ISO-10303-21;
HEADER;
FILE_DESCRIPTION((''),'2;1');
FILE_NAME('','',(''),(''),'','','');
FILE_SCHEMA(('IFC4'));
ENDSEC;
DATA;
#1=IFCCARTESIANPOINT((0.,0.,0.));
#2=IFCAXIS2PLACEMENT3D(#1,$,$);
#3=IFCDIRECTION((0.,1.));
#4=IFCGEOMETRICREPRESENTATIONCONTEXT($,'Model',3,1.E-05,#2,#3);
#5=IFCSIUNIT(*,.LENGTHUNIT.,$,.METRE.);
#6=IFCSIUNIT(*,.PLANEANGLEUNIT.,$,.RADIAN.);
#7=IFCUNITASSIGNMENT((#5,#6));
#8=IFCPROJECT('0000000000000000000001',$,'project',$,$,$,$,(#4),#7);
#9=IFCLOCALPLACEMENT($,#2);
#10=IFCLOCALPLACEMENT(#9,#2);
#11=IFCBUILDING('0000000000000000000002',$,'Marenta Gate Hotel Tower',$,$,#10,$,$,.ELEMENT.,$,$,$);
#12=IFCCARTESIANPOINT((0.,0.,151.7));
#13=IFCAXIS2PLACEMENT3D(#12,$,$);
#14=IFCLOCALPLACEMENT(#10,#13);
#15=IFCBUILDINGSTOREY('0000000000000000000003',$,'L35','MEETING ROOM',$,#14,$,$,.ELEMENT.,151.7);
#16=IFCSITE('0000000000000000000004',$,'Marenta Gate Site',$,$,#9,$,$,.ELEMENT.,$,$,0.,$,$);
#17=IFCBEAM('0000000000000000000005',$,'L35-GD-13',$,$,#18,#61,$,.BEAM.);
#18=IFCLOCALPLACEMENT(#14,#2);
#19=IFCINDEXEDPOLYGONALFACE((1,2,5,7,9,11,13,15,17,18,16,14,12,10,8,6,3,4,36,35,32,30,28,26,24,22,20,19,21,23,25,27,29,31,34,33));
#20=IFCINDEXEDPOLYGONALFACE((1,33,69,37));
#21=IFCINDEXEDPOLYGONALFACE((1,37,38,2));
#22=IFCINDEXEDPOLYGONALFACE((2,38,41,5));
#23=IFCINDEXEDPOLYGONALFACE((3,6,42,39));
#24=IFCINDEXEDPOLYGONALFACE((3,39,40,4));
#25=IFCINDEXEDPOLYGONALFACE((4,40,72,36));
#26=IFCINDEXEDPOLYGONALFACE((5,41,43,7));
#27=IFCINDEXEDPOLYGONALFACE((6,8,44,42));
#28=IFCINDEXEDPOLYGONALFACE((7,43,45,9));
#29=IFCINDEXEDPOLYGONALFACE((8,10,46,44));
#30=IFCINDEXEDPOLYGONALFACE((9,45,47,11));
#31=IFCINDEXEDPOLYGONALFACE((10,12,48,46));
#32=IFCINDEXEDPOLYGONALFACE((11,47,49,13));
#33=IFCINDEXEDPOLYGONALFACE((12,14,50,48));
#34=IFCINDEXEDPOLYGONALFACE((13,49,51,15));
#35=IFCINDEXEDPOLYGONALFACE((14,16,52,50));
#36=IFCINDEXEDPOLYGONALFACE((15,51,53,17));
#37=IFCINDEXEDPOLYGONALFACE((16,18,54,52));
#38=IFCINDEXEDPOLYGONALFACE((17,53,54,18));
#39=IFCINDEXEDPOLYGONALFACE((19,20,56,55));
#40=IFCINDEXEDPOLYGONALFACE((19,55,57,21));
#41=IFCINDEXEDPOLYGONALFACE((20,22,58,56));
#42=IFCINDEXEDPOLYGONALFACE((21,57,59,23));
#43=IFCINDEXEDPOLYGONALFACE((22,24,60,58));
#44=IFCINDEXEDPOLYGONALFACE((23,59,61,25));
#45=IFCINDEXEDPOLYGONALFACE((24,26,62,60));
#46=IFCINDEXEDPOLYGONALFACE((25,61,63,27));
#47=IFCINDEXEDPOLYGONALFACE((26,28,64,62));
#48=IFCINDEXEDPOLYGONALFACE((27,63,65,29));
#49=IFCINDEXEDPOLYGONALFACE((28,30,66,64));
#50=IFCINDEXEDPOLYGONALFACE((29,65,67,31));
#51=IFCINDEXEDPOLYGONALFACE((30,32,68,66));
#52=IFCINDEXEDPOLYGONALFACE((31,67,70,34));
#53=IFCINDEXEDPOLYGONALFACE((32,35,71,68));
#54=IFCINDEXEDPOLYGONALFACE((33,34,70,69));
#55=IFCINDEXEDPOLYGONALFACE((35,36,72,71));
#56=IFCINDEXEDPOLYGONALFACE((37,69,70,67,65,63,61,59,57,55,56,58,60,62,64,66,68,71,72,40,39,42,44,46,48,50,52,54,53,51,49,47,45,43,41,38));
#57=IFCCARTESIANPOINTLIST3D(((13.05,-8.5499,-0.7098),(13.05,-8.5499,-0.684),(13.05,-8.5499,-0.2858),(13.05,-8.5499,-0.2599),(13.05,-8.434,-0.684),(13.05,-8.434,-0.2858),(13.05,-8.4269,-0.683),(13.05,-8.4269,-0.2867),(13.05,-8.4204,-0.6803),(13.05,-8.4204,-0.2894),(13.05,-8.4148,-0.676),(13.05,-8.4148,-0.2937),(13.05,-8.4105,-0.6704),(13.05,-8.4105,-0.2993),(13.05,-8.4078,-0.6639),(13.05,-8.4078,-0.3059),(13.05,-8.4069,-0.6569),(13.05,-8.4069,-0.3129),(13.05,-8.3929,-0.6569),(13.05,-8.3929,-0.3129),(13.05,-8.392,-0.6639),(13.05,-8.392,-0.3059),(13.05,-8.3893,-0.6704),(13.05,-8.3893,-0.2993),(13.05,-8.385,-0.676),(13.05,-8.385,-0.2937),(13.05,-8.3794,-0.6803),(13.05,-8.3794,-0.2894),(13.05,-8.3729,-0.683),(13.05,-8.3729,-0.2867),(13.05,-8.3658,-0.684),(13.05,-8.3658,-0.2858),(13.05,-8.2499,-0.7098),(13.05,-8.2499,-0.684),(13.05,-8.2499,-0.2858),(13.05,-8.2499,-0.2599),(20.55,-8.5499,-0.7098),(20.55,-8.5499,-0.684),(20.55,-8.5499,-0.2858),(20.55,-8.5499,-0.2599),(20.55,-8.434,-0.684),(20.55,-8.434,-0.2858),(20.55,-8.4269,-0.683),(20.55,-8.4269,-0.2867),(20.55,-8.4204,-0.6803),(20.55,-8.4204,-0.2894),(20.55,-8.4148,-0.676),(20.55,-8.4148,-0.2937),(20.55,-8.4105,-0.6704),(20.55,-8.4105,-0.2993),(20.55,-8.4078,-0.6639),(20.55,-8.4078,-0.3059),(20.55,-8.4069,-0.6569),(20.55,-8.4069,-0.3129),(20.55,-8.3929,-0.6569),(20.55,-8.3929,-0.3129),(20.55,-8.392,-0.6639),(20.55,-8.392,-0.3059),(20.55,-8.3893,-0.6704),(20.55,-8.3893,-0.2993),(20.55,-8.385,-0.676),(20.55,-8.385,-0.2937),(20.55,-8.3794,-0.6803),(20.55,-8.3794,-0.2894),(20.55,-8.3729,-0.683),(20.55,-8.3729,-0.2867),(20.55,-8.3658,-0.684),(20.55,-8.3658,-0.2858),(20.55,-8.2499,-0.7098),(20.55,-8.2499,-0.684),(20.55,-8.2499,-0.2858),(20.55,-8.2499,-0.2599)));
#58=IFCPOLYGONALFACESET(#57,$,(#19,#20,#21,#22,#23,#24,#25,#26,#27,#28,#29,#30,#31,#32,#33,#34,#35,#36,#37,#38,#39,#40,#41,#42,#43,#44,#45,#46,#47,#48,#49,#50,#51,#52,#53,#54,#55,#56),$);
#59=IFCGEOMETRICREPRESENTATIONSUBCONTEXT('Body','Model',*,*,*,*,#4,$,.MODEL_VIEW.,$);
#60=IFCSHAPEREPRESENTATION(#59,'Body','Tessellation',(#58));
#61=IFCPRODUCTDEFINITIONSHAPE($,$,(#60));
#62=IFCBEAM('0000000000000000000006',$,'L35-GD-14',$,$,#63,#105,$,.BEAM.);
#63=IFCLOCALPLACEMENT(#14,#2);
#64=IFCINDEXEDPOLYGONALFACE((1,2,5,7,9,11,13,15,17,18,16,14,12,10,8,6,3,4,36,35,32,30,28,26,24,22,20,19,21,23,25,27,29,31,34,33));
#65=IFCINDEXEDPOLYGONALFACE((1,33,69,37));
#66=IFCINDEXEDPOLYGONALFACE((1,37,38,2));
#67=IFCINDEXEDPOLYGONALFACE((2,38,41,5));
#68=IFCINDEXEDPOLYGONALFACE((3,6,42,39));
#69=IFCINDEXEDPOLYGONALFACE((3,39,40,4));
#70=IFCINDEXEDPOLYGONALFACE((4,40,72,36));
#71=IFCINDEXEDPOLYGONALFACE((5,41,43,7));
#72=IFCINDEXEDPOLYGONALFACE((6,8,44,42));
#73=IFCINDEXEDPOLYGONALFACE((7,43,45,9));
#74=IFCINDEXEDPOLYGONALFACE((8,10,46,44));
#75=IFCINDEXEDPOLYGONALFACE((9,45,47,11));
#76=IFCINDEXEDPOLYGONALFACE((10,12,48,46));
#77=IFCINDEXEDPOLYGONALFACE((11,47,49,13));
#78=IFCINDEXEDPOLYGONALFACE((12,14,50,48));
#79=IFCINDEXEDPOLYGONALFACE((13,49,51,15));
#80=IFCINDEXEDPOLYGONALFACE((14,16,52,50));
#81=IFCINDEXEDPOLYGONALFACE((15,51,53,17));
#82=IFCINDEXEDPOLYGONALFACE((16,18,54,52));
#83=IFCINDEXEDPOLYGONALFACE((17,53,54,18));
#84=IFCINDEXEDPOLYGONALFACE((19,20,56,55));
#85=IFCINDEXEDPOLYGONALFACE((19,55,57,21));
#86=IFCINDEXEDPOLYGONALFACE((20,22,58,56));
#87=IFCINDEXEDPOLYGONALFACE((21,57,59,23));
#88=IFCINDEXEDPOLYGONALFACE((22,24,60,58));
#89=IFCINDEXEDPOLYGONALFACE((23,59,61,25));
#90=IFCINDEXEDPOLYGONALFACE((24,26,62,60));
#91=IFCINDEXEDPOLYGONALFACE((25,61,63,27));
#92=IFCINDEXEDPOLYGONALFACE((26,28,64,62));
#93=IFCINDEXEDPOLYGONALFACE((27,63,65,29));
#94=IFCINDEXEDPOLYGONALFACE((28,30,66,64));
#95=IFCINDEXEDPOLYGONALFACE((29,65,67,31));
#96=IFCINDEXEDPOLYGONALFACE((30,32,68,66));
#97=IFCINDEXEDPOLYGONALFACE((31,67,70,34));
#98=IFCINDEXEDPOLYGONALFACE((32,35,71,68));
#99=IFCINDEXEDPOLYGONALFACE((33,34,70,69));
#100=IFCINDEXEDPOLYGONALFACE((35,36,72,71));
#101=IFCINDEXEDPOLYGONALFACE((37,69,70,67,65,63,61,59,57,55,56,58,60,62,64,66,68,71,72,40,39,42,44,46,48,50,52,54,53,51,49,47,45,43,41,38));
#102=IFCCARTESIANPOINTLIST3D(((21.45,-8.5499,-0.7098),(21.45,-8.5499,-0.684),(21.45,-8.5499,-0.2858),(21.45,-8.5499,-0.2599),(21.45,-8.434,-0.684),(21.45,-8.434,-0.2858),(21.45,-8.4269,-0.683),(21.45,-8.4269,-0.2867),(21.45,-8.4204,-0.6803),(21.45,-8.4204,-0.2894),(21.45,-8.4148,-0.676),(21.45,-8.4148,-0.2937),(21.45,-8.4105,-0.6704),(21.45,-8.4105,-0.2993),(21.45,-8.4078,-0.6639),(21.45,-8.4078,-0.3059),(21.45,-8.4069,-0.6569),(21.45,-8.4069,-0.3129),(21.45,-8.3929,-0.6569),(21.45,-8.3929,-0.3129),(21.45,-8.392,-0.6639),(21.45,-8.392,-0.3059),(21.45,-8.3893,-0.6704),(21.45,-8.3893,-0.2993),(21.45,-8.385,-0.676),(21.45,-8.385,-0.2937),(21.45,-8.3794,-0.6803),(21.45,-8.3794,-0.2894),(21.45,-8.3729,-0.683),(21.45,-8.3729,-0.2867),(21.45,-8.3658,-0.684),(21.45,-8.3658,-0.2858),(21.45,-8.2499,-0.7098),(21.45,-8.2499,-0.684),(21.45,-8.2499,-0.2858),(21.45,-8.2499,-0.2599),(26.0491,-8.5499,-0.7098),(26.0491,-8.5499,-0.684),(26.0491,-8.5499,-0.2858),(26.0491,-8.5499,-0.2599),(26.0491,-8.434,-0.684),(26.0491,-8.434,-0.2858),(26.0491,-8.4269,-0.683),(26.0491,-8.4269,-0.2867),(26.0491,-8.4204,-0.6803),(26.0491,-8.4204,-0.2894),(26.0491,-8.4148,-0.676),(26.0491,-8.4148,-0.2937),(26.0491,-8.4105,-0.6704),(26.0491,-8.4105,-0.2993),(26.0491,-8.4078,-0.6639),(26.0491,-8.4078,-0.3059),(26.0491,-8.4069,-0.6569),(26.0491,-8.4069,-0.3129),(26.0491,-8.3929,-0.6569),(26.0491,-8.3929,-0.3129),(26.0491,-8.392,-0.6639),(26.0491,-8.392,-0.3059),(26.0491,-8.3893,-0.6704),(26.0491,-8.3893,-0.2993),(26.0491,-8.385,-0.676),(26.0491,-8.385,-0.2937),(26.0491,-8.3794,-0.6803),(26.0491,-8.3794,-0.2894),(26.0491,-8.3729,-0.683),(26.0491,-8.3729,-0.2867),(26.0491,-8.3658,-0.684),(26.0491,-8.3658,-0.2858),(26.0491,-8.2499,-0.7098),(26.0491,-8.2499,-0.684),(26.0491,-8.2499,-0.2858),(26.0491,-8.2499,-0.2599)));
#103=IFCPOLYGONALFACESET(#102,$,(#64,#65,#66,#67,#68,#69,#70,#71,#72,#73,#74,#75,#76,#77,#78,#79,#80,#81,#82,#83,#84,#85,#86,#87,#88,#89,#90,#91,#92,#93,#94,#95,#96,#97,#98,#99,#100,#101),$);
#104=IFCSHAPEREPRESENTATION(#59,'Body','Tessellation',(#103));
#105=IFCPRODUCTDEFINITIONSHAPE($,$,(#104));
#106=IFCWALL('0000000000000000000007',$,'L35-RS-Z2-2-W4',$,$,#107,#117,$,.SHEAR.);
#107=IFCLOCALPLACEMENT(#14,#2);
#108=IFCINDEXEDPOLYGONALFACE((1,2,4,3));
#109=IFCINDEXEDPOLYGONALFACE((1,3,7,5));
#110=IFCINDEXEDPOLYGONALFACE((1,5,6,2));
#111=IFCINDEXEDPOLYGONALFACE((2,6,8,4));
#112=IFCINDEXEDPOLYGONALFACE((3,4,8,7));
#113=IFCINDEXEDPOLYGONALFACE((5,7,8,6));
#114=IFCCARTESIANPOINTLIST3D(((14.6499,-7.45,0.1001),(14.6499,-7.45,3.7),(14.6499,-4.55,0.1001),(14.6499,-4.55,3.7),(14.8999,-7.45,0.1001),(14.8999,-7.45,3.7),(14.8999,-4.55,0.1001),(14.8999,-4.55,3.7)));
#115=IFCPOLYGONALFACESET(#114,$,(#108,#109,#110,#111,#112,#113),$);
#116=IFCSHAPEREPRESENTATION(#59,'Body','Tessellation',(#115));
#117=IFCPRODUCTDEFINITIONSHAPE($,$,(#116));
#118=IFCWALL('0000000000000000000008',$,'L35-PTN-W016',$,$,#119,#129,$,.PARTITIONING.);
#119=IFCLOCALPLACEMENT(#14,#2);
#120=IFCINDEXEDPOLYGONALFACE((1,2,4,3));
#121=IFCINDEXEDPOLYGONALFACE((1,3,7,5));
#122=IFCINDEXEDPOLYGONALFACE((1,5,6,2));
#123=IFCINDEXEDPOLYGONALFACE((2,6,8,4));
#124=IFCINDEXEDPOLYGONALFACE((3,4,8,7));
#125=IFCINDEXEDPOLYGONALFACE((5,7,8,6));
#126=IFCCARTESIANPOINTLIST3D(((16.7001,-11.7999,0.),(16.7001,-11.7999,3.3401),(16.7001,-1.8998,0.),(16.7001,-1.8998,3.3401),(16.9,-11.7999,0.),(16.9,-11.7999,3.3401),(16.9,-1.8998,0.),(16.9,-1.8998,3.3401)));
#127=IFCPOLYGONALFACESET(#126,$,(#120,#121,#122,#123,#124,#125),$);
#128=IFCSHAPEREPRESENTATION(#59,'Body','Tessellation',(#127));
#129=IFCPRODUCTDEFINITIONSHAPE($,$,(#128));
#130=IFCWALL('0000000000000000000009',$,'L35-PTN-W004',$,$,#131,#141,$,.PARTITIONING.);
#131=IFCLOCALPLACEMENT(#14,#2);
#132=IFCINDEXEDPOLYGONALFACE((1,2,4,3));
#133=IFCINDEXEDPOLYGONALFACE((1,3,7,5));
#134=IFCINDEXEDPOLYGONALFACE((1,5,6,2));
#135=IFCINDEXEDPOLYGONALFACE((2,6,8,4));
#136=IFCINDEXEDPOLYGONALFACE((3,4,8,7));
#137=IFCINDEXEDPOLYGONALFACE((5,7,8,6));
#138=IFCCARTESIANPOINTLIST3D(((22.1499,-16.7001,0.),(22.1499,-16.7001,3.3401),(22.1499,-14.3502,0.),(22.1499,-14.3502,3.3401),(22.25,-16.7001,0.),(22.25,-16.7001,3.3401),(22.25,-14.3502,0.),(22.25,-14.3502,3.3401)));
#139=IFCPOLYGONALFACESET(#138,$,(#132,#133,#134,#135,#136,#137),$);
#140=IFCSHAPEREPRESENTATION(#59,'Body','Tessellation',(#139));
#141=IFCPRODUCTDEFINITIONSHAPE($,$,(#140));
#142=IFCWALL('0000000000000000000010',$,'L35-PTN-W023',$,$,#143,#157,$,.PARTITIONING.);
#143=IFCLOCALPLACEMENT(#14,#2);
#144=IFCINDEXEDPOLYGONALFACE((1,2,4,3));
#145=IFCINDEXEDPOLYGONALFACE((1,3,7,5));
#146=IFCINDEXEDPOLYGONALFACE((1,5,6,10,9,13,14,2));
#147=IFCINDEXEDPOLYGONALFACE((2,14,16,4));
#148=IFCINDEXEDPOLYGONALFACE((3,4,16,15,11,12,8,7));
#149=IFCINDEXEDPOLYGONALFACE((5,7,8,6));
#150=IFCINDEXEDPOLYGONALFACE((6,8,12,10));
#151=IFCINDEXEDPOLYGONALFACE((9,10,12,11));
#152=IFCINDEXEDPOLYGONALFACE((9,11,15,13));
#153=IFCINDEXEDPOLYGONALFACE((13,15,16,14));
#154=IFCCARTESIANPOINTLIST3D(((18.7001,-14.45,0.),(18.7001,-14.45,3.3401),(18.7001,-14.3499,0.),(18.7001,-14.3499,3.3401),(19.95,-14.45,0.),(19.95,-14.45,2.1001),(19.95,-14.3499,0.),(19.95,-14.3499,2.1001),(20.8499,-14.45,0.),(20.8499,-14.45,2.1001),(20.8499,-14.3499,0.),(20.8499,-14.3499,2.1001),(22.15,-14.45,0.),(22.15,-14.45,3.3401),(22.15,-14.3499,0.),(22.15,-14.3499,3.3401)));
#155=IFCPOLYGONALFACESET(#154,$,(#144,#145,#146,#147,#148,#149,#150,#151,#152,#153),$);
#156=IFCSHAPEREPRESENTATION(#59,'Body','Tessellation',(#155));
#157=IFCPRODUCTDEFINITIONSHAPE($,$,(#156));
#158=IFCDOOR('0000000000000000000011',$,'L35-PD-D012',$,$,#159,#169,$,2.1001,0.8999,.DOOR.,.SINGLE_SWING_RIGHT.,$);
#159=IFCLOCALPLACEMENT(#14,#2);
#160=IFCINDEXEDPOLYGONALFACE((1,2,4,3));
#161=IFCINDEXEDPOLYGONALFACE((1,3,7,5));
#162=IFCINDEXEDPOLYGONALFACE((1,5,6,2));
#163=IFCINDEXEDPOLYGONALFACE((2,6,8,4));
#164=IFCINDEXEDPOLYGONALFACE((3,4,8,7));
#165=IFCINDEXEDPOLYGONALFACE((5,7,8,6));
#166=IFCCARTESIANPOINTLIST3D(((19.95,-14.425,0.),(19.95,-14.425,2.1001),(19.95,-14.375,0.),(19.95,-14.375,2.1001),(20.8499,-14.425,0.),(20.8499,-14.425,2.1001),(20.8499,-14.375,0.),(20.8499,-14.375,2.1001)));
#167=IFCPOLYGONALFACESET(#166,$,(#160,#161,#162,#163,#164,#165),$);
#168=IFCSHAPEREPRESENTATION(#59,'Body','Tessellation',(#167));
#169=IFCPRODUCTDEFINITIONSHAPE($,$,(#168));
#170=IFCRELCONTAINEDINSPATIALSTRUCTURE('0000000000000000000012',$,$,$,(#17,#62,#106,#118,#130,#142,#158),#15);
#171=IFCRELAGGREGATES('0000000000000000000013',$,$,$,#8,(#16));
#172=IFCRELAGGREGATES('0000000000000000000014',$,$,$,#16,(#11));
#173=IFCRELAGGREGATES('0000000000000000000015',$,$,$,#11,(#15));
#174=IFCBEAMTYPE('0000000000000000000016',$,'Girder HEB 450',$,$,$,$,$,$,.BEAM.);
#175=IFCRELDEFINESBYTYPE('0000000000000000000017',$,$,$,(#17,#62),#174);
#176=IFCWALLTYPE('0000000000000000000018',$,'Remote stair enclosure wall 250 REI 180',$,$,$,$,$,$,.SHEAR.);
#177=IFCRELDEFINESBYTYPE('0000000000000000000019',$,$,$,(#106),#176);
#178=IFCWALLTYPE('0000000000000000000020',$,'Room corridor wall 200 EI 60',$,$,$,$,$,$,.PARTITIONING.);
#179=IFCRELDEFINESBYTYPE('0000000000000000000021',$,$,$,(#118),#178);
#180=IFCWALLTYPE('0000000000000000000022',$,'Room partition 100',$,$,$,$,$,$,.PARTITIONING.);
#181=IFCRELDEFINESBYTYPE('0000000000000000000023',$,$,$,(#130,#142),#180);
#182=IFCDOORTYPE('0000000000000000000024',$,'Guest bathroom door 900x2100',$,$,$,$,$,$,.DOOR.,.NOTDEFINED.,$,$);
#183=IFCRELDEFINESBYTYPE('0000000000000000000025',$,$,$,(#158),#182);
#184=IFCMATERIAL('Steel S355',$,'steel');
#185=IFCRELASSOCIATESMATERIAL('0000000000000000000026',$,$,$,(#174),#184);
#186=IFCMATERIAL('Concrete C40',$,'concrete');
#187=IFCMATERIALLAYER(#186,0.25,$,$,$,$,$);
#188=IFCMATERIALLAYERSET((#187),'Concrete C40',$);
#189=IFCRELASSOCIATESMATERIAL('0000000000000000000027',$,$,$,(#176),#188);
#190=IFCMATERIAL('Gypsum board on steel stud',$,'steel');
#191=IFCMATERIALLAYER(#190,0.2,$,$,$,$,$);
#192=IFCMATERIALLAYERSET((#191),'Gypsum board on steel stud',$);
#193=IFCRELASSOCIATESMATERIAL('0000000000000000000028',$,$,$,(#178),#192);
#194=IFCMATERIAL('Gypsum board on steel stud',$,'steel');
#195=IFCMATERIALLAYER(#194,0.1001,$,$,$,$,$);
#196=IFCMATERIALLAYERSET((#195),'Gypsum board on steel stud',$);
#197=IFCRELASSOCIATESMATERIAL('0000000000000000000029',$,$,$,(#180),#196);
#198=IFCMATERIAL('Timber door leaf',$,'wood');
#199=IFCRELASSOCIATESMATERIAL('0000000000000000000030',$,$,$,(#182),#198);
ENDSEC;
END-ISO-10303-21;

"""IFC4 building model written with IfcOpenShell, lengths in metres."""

from ifc_helpers import new_model, si_unit, direction, frame, frame_2d, origin, origin_2d, place, context, subcontext, project, spatial, rectangle, i_section, extrude, material, layer, layer_set, material_profile, profile_set, type_object, element, fill, save


model = new_model("IFC4")

# Units and contexts
model_context = context("Model", 3, precision=1e-05, world=origin(), true_north=direction((0.0, 1.0)))
body_context = subcontext(model_context, "Body", "Model", "MODEL_VIEW")
ifc_project = project(units=[si_unit("LENGTHUNIT", "METRE"), si_unit("PLANEANGLEUNIT", "RADIAN")], contexts=[model_context])

# Site, building, storey
site_placement = place(None, origin())
site = spatial("IfcSite", under=ifc_project, at=site_placement, Name="Marenta Gate Site", CompositionType="ELEMENT", RefElevation=0.0)
building_placement = place(site_placement, origin())
building = spatial("IfcBuilding", under=site, at=building_placement, Name="Marenta Gate Hotel Tower", CompositionType="ELEMENT")
storey_placement = place(building_placement, frame((0.0, 0.0, 151.7)))
storey = spatial("IfcBuildingStorey", under=building, at=storey_placement, Name="L35", Description="MEETING ROOM", CompositionType="ELEMENT", Elevation=151.7)

# Beams
ifc_material_1 = material(Name="Steel S355", Category="steel")
ifc_material_profile_1 = material_profile(ifc_material_1, i_section(OverallWidth=0.3, OverallDepth=0.45, WebThickness=0.0139, FlangeThickness=0.0259, FilletRadius=0.0271, at=origin_2d()), Name="HEB 450")
ifc_profile_set_1 = profile_set([ifc_material_profile_1], Name="Steel S355")
beam_type_1 = type_object("IfcBeamType", Name="Girder HEB 450", PredefinedType="BEAM", material=ifc_profile_set_1)
beam_1_placement = place(storey_placement, frame((13.05, -8.3999, -0.4849), z_axis=(1.0, 0.0, 0.0), x_axis=(0.0, 1.0, 0.0)))
element("IfcBeam", 1, at=beam_1_placement, inside=storey, type_object=beam_type_1, Name="L35-GD-13", PredefinedType="BEAM", context=body_context, shape_type="SweptSolid", body=[
    extrude(i_section(OverallWidth=0.3, OverallDepth=0.45, WebThickness=0.0139, FlangeThickness=0.0259, FilletRadius=0.0271, at=origin_2d()), origin(), (0.0, 0.0, 1.0), 7.5),
])
beam_2_placement = place(storey_placement, frame((21.45, -8.3999, -0.4849), z_axis=(1.0, 0.0, 0.0), x_axis=(0.0, 1.0, 0.0)))
element("IfcBeam", 2, at=beam_2_placement, inside=storey, type_object=beam_type_1, Name="L35-GD-14", PredefinedType="BEAM", context=body_context, shape_type="SweptSolid", body=[
    extrude(i_section(OverallWidth=0.3, OverallDepth=0.45, WebThickness=0.0139, FlangeThickness=0.0259, FilletRadius=0.0271, at=origin_2d()), origin(), (0.0, 0.0, 1.0), 4.5991),
])

# Walls
ifc_material_2 = material(Name="Concrete C40", Category="concrete")
ifc_layer_1 = layer(ifc_material_2, 0.25)
ifc_layer_set_1 = layer_set([ifc_layer_1], Name="Concrete C40")
wall_type_1 = type_object("IfcWallType", Name="Remote stair enclosure wall 250 REI 180", PredefinedType="SHEAR", material=ifc_layer_set_1)
wall_1_placement = place(storey_placement, frame((14.7749, -7.45, 0.1001), z_axis=(0.0, 0.0, 1.0), x_axis=(0.0, 1.0, 0.0)))
element("IfcWall", 3, at=wall_1_placement, inside=storey, type_object=wall_type_1, Name="L35-RS-Z2-2-W4", PredefinedType="SHEAR", context=body_context, shape_type="SweptSolid", body=[
    extrude(rectangle(XDim=2.8999, YDim=0.25, at=frame_2d((1.45, 0.0))), origin(), (0.0, 0.0, 1.0), 3.5999),
])
ifc_material_3 = material(Name="Gypsum board on steel stud", Category="steel")
ifc_layer_2 = layer(ifc_material_3, 0.2)
ifc_layer_set_2 = layer_set([ifc_layer_2], Name="Gypsum board on steel stud")
wall_type_2 = type_object("IfcWallType", Name="Room corridor wall 200 EI 60", PredefinedType="PARTITIONING", material=ifc_layer_set_2)
wall_2_placement = place(storey_placement, frame((16.8, -11.8, 0.0), z_axis=(0.0, 0.0, 1.0), x_axis=(0.0, 1.0, 0.0)))
element("IfcWall", 4, at=wall_2_placement, inside=storey, type_object=wall_type_2, Name="L35-PTN-W016", PredefinedType="PARTITIONING", context=body_context, shape_type="SweptSolid", body=[
    extrude(rectangle(XDim=9.9001, YDim=0.2, at=frame_2d((4.9502, 0.0))), origin(), (0.0, 0.0, 1.0), 3.3401),
])
ifc_material_4 = material(Name="Gypsum board on steel stud", Category="steel")
ifc_layer_3 = layer(ifc_material_4, 0.1001)
ifc_layer_set_3 = layer_set([ifc_layer_3], Name="Gypsum board on steel stud")
wall_type_3 = type_object("IfcWallType", Name="Room partition 100", PredefinedType="PARTITIONING", material=ifc_layer_set_3)
wall_3_placement = place(storey_placement, frame((22.2, -16.7, 0.0), z_axis=(0.0, 0.0, 1.0), x_axis=(0.0, 1.0, 0.0)))
element("IfcWall", 5, at=wall_3_placement, inside=storey, type_object=wall_type_3, Name="L35-PTN-W004", PredefinedType="PARTITIONING", context=body_context, shape_type="SweptSolid", body=[
    extrude(rectangle(XDim=2.3499, YDim=0.1001, at=frame_2d((1.1748, 0.0))), origin(), (0.0, 0.0, 1.0), 3.3401),
])

# Wall, opening, door
wall_4_placement = place(storey_placement, frame((18.7, -14.3999, 0.0), z_axis=(0.0, 0.0, 1.0), x_axis=(1.0, 0.0, 0.0)))
wall_4 = element("IfcWall", 6, at=wall_4_placement, inside=storey, type_object=wall_type_3, Name="L35-PTN-W023", PredefinedType="PARTITIONING", context=body_context, shape_type="SweptSolid", body=[
    extrude(rectangle(XDim=3.45, YDim=0.1001, at=frame_2d((1.7251, 0.0))), origin(), (0.0, 0.0, 1.0), 3.3401),
])
opening_1_placement = place(wall_4_placement, frame((1.25, 0.0, 0.0)))
opening_1 = element("IfcOpeningElement", 7, at=opening_1_placement, cuts=wall_4, PredefinedType="OPENING", context=body_context, shape_type="SweptSolid", body=[
    extrude(rectangle(XDim=0.8999, YDim=2.1001, at=frame_2d((0.45, 1.05))), frame((0.0, 0.05, 0.0), z_axis=(0.0, -1.0, 0.0), x_axis=(1.0, 0.0, 0.0)), (0.0, 0.0, 1.0), 0.1001),
])
ifc_material_5 = material(Name="Timber door leaf", Category="wood")
door_type_1 = type_object("IfcDoorType", Name="Guest bathroom door 900x2100", OperationType="NOTDEFINED", PredefinedType="DOOR", material=ifc_material_5)
door_1_placement = place(opening_1_placement, origin())
door_1 = element("IfcDoor", 8, at=door_1_placement, inside=storey, type_object=door_type_1, Name="L35-PD-D012", OperationType="SINGLE_SWING_RIGHT", OverallHeight=2.1001, OverallWidth=0.8999, PredefinedType="DOOR", context=body_context, shape_type="SweptSolid", body=[
    extrude(rectangle(XDim=0.8999, YDim=2.1001, at=frame_2d((0.45, 1.05))), frame((0.0, 0.0249, 0.0), z_axis=(0.0, -1.0, 0.0), x_axis=(1.0, 0.0, 0.0)), (0.0, 0.0, 1.0), 0.05),
])
fill(opening_1, door_1)

save(model, "model.ifc")
